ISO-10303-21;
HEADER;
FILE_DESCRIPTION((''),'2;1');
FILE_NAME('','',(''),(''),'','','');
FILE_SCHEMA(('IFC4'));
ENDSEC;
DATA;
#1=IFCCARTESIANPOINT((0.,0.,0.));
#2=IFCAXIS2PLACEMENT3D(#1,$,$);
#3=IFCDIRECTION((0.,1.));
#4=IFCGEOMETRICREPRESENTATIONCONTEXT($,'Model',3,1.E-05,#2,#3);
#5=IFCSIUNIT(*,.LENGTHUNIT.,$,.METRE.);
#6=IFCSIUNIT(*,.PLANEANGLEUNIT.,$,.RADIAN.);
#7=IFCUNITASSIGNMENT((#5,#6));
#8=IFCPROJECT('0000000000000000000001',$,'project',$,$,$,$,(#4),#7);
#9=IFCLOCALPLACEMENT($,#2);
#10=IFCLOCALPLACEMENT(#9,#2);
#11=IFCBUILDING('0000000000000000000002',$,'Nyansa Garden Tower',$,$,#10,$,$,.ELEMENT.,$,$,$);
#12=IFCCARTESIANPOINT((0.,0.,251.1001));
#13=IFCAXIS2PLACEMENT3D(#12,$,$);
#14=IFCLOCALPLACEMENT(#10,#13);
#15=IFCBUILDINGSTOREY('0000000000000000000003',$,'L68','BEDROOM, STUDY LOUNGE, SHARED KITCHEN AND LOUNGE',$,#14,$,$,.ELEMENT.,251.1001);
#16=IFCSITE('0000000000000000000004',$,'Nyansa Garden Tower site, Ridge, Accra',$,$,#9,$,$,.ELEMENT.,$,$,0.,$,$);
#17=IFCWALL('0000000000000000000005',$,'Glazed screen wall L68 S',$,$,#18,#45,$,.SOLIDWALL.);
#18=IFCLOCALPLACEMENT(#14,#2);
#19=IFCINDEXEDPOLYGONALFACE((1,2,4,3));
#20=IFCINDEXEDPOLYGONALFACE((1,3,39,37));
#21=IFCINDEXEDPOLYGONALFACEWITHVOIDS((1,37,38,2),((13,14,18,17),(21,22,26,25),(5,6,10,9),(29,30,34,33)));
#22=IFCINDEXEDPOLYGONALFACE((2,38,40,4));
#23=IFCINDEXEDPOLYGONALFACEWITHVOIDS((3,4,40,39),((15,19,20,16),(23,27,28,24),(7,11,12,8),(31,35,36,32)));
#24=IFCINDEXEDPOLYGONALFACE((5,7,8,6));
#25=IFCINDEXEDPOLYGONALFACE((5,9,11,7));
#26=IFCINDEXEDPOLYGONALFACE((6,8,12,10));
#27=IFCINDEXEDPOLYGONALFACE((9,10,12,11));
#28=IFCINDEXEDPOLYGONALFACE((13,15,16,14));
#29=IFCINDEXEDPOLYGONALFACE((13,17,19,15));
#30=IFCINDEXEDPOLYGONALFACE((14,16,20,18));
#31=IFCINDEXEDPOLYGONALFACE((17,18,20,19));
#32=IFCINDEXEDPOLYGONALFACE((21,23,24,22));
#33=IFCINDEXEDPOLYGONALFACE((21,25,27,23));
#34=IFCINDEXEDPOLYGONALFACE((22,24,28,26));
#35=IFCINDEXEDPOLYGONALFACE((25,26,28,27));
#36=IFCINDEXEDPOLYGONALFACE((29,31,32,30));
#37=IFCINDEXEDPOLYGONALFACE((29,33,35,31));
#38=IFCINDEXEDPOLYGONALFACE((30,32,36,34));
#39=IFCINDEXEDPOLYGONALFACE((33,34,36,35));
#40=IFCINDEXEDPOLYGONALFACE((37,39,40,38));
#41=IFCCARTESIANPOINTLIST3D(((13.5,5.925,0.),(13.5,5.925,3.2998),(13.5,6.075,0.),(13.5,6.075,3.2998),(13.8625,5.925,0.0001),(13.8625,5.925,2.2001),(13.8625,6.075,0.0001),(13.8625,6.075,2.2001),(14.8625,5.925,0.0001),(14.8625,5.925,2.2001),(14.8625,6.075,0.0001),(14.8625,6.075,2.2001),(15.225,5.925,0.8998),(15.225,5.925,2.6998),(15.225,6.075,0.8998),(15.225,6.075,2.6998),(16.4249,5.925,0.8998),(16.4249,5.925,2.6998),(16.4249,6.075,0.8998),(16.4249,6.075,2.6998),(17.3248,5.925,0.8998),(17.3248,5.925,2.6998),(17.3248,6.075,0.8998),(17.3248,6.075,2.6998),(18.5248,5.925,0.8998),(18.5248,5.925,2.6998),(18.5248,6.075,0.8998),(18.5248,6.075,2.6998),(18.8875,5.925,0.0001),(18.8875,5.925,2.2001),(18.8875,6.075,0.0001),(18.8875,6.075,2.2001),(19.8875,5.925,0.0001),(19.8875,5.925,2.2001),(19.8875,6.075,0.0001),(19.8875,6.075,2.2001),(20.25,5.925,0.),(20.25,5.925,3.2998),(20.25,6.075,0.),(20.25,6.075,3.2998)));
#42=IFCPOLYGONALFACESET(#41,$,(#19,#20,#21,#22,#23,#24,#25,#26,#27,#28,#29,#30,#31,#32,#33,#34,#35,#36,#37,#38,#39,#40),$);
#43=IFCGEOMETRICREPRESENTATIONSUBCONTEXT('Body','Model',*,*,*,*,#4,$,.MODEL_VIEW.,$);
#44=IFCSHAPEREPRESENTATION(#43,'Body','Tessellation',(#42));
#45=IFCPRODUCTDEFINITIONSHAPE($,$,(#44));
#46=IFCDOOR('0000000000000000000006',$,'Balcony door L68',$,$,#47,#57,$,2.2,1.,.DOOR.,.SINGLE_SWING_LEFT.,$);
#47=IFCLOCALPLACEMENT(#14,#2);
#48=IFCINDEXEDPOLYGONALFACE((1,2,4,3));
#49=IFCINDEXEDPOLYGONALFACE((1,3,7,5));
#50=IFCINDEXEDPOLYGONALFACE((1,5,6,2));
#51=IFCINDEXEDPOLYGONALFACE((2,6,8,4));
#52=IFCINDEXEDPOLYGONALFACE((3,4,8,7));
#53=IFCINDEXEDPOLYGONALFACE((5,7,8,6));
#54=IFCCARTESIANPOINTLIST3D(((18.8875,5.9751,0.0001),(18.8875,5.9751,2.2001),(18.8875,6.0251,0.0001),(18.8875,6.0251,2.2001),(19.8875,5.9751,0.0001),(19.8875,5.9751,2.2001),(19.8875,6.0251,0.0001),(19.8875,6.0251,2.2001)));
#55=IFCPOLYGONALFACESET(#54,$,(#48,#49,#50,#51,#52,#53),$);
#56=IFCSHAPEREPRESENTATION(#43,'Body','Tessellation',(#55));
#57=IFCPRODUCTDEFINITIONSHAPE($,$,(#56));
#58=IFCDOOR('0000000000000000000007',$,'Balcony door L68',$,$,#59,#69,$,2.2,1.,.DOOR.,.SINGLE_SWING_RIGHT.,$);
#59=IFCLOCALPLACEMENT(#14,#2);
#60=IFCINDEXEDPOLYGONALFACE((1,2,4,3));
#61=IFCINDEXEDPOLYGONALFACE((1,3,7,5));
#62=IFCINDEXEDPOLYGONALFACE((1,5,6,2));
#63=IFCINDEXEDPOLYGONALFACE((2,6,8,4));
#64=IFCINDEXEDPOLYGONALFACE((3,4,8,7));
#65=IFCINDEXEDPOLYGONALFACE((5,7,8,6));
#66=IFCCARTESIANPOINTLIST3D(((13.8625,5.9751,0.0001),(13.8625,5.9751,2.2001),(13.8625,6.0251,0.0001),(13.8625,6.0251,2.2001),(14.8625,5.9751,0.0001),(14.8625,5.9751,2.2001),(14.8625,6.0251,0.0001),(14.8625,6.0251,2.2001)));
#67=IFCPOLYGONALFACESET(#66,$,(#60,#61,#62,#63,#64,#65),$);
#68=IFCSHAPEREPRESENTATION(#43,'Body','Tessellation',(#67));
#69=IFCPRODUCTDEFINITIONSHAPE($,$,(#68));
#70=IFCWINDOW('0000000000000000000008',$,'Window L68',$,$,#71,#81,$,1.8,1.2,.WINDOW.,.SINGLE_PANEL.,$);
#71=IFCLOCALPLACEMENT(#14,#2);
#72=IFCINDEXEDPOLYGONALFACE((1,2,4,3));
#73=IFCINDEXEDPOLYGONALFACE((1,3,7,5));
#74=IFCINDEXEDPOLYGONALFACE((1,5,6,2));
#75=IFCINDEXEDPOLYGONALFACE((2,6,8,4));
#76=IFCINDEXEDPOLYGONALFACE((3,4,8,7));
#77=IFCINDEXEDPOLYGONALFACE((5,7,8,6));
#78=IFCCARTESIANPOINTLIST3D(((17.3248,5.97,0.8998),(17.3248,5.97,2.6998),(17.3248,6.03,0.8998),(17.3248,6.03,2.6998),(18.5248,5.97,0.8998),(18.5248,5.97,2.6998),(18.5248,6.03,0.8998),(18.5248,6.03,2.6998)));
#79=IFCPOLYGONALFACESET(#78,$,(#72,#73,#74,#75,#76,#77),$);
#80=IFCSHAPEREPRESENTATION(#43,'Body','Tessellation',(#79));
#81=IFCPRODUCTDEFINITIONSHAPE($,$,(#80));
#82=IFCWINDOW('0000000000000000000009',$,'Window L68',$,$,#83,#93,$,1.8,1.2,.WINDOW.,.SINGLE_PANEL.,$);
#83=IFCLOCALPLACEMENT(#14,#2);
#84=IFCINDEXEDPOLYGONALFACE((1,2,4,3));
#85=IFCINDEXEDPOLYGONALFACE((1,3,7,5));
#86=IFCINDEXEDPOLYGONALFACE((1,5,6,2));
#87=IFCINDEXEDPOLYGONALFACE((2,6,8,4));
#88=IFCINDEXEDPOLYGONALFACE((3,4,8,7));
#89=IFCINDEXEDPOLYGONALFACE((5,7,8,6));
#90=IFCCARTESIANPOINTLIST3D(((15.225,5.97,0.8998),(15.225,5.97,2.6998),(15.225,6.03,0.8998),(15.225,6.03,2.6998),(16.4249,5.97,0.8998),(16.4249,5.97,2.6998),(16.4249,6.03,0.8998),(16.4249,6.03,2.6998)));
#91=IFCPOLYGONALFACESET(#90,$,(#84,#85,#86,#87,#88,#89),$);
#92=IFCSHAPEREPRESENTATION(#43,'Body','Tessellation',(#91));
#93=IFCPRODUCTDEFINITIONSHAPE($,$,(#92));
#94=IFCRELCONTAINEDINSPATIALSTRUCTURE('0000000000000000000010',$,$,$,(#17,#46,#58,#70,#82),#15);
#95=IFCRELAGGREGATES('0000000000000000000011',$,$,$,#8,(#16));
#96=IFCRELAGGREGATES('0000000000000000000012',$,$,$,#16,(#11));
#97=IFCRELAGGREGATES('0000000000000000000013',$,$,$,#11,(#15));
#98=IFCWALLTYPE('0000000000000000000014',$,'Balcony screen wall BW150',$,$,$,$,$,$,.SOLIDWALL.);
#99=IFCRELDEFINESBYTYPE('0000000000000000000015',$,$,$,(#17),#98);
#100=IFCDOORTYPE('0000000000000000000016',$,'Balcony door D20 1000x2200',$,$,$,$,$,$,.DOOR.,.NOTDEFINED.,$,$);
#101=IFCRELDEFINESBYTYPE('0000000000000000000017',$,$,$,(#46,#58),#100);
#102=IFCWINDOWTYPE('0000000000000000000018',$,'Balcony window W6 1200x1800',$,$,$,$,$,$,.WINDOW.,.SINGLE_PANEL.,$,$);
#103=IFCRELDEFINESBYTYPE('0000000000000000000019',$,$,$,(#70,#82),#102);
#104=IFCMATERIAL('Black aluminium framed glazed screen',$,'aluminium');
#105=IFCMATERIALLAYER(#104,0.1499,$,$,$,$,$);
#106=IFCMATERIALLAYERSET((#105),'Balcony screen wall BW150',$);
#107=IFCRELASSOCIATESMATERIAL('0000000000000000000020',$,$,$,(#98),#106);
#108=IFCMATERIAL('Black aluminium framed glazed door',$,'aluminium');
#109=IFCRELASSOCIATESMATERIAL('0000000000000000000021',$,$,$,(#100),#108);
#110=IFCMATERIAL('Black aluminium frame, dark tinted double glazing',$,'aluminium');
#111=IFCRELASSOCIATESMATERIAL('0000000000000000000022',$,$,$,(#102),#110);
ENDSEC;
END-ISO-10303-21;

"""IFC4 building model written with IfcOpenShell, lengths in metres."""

from ifc_helpers import new_model, si_unit, direction, frame, frame_2d, origin, place, context, subcontext, project, spatial, rectangle, extrude, material, layer, layer_set, type_object, element, fill, save


model = new_model("IFC4")

# Units and contexts
model_context = context("Model", 3, precision=1e-05, world=origin(), true_north=direction((0.0, 1.0)))
body_context = subcontext(model_context, "Body", "Model", "MODEL_VIEW")
ifc_project = project(units=[si_unit("LENGTHUNIT", "METRE"), si_unit("PLANEANGLEUNIT", "RADIAN")], contexts=[model_context])

# Site, building, storey
site_placement = place(None, origin())
site = spatial("IfcSite", under=ifc_project, at=site_placement, Name="Nyansa Garden Tower site, Ridge, Accra", CompositionType="ELEMENT", RefElevation=0.0)
building_placement = place(site_placement, origin())
building = spatial("IfcBuilding", under=site, at=building_placement, Name="Nyansa Garden Tower", CompositionType="ELEMENT")
storey_placement = place(building_placement, frame((0.0, 0.0, 251.1001)))
storey = spatial("IfcBuildingStorey", under=building, at=storey_placement, Name="L68", Description="BEDROOM, STUDY LOUNGE, SHARED KITCHEN AND LOUNGE", CompositionType="ELEMENT", Elevation=251.1001)

# Wall, openings, doors, windows
ifc_material_1 = material(Name="Black aluminium framed glazed screen", Category="aluminium")
ifc_layer_1 = layer(ifc_material_1, 0.1499)
ifc_layer_set_1 = layer_set([ifc_layer_1], Name="Balcony screen wall BW150")
wall_type_1 = type_object("IfcWallType", Name="Balcony screen wall BW150", PredefinedType="SOLIDWALL", material=ifc_layer_set_1)
wall_1_placement = place(storey_placement, frame((20.25, 6.0, 0.0), z_axis=(0.0, 0.0, 1.0), x_axis=(-1.0, 0.0, 0.0)))
wall_1 = element("IfcWall", 1, at=wall_1_placement, inside=storey, type_object=wall_type_1, Name="Glazed screen wall L68 S", PredefinedType="SOLIDWALL", context=body_context, shape_type="SweptSolid", body=[
    extrude(rectangle(XDim=6.75, YDim=0.1499, at=frame_2d((3.375, 0.0))), origin(), (0.0, 0.0, 1.0), 3.2998),
])
opening_1_placement = place(wall_1_placement, frame((0.3625, 0.0, 0.0)))
opening_1 = element("IfcOpeningElement", 2, at=opening_1_placement, cuts=wall_1, PredefinedType="OPENING", context=body_context, shape_type="SweptSolid", body=[
    extrude(rectangle(XDim=1.0, YDim=2.2, at=frame_2d((0.5, 1.1001))), frame((0.0, 0.085, 0.0), z_axis=(0.0, -1.0, 0.0), x_axis=(1.0, 0.0, 0.0)), (0.0, 0.0, 1.0), 0.1699),
])
opening_2_placement = place(wall_1_placement, frame((1.7251, 0.0, 0.8999)))
opening_2 = element("IfcOpeningElement", 3, at=opening_2_placement, cuts=wall_1, PredefinedType="OPENING", context=body_context, shape_type="SweptSolid", body=[
    extrude(rectangle(XDim=1.2, YDim=1.8, at=frame_2d((0.6001, 0.8999))), frame((0.0, 0.085, 0.0), z_axis=(0.0, -1.0, 0.0), x_axis=(1.0, 0.0, 0.0)), (0.0, 0.0, 1.0), 0.1699),
])
opening_3_placement = place(wall_1_placement, frame((5.3875, 0.0, 0.0)))
opening_3 = element("IfcOpeningElement", 4, at=opening_3_placement, cuts=wall_1, PredefinedType="OPENING", context=body_context, shape_type="SweptSolid", body=[
    extrude(rectangle(XDim=1.0, YDim=2.2, at=frame_2d((0.5, 1.1001))), frame((0.0, 0.085, 0.0), z_axis=(0.0, -1.0, 0.0), x_axis=(1.0, 0.0, 0.0)), (0.0, 0.0, 1.0), 0.1699),
])
opening_4_placement = place(wall_1_placement, frame((3.825, 0.0, 0.8999)))
opening_4 = element("IfcOpeningElement", 5, at=opening_4_placement, cuts=wall_1, PredefinedType="OPENING", context=body_context, shape_type="SweptSolid", body=[
    extrude(rectangle(XDim=1.2, YDim=1.8, at=frame_2d((0.6001, 0.8999))), frame((0.0, 0.085, 0.0), z_axis=(0.0, -1.0, 0.0), x_axis=(1.0, 0.0, 0.0)), (0.0, 0.0, 1.0), 0.1699),
])
ifc_material_2 = material(Name="Black aluminium framed glazed door", Category="aluminium")
door_type_1 = type_object("IfcDoorType", Name="Balcony door D20 1000x2200", OperationType="NOTDEFINED", PredefinedType="DOOR", material=ifc_material_2)
door_1_placement = place(opening_1_placement, origin())
door_1 = element("IfcDoor", 6, at=door_1_placement, inside=storey, type_object=door_type_1, Name="Balcony door L68", OperationType="SINGLE_SWING_LEFT", OverallHeight=2.2, OverallWidth=1.0, PredefinedType="DOOR", context=body_context, shape_type="SweptSolid", body=[
    extrude(rectangle(XDim=1.0, YDim=2.2, at=frame_2d((0.5, 1.1001))), frame((0.0, 0.0249, 0.0), z_axis=(0.0, -1.0, 0.0), x_axis=(1.0, 0.0, 0.0)), (0.0, 0.0, 1.0), 0.05),
])
fill(opening_1, door_1)
door_2_placement = place(opening_3_placement, origin())
door_2 = element("IfcDoor", 7, at=door_2_placement, inside=storey, type_object=door_type_1, Name="Balcony door L68", OperationType="SINGLE_SWING_RIGHT", OverallHeight=2.2, OverallWidth=1.0, PredefinedType="DOOR", context=body_context, shape_type="SweptSolid", body=[
    extrude(rectangle(XDim=1.0, YDim=2.2, at=frame_2d((0.5, 1.1001))), frame((0.0, 0.0249, 0.0), z_axis=(0.0, -1.0, 0.0), x_axis=(1.0, 0.0, 0.0)), (0.0, 0.0, 1.0), 0.05),
])
fill(opening_3, door_2)
ifc_material_3 = material(Name="Black aluminium frame, dark tinted double glazing", Category="aluminium")
window_type = type_object("IfcWindowType", Name="Balcony window W6 1200x1800", PartitioningType="SINGLE_PANEL", PredefinedType="WINDOW", material=ifc_material_3)
window_1_placement = place(opening_2_placement, origin())
window_1 = element("IfcWindow", 8, at=window_1_placement, inside=storey, type_object=window_type, Name="Window L68", OverallHeight=1.8, OverallWidth=1.2, PartitioningType="SINGLE_PANEL", PredefinedType="WINDOW", context=body_context, shape_type="SweptSolid", body=[
    extrude(rectangle(XDim=1.2, YDim=1.8, at=frame_2d((0.6001, 0.8999))), frame((0.0, 0.03, 0.0), z_axis=(0.0, -1.0, 0.0), x_axis=(1.0, 0.0, 0.0)), (0.0, 0.0, 1.0), 0.0601),
])
fill(opening_2, window_1)
window_2_placement = place(opening_4_placement, origin())
window_2 = element("IfcWindow", 9, at=window_2_placement, inside=storey, type_object=window_type, Name="Window L68", OverallHeight=1.8, OverallWidth=1.2, PartitioningType="SINGLE_PANEL", PredefinedType="WINDOW", context=body_context, shape_type="SweptSolid", body=[
    extrude(rectangle(XDim=1.2, YDim=1.8, at=frame_2d((0.6001, 0.8999))), frame((0.0, 0.03, 0.0), z_axis=(0.0, -1.0, 0.0), x_axis=(1.0, 0.0, 0.0)), (0.0, 0.0, 1.0), 0.0601),
])
fill(opening_4, window_2)

save(model, "model.ifc")
